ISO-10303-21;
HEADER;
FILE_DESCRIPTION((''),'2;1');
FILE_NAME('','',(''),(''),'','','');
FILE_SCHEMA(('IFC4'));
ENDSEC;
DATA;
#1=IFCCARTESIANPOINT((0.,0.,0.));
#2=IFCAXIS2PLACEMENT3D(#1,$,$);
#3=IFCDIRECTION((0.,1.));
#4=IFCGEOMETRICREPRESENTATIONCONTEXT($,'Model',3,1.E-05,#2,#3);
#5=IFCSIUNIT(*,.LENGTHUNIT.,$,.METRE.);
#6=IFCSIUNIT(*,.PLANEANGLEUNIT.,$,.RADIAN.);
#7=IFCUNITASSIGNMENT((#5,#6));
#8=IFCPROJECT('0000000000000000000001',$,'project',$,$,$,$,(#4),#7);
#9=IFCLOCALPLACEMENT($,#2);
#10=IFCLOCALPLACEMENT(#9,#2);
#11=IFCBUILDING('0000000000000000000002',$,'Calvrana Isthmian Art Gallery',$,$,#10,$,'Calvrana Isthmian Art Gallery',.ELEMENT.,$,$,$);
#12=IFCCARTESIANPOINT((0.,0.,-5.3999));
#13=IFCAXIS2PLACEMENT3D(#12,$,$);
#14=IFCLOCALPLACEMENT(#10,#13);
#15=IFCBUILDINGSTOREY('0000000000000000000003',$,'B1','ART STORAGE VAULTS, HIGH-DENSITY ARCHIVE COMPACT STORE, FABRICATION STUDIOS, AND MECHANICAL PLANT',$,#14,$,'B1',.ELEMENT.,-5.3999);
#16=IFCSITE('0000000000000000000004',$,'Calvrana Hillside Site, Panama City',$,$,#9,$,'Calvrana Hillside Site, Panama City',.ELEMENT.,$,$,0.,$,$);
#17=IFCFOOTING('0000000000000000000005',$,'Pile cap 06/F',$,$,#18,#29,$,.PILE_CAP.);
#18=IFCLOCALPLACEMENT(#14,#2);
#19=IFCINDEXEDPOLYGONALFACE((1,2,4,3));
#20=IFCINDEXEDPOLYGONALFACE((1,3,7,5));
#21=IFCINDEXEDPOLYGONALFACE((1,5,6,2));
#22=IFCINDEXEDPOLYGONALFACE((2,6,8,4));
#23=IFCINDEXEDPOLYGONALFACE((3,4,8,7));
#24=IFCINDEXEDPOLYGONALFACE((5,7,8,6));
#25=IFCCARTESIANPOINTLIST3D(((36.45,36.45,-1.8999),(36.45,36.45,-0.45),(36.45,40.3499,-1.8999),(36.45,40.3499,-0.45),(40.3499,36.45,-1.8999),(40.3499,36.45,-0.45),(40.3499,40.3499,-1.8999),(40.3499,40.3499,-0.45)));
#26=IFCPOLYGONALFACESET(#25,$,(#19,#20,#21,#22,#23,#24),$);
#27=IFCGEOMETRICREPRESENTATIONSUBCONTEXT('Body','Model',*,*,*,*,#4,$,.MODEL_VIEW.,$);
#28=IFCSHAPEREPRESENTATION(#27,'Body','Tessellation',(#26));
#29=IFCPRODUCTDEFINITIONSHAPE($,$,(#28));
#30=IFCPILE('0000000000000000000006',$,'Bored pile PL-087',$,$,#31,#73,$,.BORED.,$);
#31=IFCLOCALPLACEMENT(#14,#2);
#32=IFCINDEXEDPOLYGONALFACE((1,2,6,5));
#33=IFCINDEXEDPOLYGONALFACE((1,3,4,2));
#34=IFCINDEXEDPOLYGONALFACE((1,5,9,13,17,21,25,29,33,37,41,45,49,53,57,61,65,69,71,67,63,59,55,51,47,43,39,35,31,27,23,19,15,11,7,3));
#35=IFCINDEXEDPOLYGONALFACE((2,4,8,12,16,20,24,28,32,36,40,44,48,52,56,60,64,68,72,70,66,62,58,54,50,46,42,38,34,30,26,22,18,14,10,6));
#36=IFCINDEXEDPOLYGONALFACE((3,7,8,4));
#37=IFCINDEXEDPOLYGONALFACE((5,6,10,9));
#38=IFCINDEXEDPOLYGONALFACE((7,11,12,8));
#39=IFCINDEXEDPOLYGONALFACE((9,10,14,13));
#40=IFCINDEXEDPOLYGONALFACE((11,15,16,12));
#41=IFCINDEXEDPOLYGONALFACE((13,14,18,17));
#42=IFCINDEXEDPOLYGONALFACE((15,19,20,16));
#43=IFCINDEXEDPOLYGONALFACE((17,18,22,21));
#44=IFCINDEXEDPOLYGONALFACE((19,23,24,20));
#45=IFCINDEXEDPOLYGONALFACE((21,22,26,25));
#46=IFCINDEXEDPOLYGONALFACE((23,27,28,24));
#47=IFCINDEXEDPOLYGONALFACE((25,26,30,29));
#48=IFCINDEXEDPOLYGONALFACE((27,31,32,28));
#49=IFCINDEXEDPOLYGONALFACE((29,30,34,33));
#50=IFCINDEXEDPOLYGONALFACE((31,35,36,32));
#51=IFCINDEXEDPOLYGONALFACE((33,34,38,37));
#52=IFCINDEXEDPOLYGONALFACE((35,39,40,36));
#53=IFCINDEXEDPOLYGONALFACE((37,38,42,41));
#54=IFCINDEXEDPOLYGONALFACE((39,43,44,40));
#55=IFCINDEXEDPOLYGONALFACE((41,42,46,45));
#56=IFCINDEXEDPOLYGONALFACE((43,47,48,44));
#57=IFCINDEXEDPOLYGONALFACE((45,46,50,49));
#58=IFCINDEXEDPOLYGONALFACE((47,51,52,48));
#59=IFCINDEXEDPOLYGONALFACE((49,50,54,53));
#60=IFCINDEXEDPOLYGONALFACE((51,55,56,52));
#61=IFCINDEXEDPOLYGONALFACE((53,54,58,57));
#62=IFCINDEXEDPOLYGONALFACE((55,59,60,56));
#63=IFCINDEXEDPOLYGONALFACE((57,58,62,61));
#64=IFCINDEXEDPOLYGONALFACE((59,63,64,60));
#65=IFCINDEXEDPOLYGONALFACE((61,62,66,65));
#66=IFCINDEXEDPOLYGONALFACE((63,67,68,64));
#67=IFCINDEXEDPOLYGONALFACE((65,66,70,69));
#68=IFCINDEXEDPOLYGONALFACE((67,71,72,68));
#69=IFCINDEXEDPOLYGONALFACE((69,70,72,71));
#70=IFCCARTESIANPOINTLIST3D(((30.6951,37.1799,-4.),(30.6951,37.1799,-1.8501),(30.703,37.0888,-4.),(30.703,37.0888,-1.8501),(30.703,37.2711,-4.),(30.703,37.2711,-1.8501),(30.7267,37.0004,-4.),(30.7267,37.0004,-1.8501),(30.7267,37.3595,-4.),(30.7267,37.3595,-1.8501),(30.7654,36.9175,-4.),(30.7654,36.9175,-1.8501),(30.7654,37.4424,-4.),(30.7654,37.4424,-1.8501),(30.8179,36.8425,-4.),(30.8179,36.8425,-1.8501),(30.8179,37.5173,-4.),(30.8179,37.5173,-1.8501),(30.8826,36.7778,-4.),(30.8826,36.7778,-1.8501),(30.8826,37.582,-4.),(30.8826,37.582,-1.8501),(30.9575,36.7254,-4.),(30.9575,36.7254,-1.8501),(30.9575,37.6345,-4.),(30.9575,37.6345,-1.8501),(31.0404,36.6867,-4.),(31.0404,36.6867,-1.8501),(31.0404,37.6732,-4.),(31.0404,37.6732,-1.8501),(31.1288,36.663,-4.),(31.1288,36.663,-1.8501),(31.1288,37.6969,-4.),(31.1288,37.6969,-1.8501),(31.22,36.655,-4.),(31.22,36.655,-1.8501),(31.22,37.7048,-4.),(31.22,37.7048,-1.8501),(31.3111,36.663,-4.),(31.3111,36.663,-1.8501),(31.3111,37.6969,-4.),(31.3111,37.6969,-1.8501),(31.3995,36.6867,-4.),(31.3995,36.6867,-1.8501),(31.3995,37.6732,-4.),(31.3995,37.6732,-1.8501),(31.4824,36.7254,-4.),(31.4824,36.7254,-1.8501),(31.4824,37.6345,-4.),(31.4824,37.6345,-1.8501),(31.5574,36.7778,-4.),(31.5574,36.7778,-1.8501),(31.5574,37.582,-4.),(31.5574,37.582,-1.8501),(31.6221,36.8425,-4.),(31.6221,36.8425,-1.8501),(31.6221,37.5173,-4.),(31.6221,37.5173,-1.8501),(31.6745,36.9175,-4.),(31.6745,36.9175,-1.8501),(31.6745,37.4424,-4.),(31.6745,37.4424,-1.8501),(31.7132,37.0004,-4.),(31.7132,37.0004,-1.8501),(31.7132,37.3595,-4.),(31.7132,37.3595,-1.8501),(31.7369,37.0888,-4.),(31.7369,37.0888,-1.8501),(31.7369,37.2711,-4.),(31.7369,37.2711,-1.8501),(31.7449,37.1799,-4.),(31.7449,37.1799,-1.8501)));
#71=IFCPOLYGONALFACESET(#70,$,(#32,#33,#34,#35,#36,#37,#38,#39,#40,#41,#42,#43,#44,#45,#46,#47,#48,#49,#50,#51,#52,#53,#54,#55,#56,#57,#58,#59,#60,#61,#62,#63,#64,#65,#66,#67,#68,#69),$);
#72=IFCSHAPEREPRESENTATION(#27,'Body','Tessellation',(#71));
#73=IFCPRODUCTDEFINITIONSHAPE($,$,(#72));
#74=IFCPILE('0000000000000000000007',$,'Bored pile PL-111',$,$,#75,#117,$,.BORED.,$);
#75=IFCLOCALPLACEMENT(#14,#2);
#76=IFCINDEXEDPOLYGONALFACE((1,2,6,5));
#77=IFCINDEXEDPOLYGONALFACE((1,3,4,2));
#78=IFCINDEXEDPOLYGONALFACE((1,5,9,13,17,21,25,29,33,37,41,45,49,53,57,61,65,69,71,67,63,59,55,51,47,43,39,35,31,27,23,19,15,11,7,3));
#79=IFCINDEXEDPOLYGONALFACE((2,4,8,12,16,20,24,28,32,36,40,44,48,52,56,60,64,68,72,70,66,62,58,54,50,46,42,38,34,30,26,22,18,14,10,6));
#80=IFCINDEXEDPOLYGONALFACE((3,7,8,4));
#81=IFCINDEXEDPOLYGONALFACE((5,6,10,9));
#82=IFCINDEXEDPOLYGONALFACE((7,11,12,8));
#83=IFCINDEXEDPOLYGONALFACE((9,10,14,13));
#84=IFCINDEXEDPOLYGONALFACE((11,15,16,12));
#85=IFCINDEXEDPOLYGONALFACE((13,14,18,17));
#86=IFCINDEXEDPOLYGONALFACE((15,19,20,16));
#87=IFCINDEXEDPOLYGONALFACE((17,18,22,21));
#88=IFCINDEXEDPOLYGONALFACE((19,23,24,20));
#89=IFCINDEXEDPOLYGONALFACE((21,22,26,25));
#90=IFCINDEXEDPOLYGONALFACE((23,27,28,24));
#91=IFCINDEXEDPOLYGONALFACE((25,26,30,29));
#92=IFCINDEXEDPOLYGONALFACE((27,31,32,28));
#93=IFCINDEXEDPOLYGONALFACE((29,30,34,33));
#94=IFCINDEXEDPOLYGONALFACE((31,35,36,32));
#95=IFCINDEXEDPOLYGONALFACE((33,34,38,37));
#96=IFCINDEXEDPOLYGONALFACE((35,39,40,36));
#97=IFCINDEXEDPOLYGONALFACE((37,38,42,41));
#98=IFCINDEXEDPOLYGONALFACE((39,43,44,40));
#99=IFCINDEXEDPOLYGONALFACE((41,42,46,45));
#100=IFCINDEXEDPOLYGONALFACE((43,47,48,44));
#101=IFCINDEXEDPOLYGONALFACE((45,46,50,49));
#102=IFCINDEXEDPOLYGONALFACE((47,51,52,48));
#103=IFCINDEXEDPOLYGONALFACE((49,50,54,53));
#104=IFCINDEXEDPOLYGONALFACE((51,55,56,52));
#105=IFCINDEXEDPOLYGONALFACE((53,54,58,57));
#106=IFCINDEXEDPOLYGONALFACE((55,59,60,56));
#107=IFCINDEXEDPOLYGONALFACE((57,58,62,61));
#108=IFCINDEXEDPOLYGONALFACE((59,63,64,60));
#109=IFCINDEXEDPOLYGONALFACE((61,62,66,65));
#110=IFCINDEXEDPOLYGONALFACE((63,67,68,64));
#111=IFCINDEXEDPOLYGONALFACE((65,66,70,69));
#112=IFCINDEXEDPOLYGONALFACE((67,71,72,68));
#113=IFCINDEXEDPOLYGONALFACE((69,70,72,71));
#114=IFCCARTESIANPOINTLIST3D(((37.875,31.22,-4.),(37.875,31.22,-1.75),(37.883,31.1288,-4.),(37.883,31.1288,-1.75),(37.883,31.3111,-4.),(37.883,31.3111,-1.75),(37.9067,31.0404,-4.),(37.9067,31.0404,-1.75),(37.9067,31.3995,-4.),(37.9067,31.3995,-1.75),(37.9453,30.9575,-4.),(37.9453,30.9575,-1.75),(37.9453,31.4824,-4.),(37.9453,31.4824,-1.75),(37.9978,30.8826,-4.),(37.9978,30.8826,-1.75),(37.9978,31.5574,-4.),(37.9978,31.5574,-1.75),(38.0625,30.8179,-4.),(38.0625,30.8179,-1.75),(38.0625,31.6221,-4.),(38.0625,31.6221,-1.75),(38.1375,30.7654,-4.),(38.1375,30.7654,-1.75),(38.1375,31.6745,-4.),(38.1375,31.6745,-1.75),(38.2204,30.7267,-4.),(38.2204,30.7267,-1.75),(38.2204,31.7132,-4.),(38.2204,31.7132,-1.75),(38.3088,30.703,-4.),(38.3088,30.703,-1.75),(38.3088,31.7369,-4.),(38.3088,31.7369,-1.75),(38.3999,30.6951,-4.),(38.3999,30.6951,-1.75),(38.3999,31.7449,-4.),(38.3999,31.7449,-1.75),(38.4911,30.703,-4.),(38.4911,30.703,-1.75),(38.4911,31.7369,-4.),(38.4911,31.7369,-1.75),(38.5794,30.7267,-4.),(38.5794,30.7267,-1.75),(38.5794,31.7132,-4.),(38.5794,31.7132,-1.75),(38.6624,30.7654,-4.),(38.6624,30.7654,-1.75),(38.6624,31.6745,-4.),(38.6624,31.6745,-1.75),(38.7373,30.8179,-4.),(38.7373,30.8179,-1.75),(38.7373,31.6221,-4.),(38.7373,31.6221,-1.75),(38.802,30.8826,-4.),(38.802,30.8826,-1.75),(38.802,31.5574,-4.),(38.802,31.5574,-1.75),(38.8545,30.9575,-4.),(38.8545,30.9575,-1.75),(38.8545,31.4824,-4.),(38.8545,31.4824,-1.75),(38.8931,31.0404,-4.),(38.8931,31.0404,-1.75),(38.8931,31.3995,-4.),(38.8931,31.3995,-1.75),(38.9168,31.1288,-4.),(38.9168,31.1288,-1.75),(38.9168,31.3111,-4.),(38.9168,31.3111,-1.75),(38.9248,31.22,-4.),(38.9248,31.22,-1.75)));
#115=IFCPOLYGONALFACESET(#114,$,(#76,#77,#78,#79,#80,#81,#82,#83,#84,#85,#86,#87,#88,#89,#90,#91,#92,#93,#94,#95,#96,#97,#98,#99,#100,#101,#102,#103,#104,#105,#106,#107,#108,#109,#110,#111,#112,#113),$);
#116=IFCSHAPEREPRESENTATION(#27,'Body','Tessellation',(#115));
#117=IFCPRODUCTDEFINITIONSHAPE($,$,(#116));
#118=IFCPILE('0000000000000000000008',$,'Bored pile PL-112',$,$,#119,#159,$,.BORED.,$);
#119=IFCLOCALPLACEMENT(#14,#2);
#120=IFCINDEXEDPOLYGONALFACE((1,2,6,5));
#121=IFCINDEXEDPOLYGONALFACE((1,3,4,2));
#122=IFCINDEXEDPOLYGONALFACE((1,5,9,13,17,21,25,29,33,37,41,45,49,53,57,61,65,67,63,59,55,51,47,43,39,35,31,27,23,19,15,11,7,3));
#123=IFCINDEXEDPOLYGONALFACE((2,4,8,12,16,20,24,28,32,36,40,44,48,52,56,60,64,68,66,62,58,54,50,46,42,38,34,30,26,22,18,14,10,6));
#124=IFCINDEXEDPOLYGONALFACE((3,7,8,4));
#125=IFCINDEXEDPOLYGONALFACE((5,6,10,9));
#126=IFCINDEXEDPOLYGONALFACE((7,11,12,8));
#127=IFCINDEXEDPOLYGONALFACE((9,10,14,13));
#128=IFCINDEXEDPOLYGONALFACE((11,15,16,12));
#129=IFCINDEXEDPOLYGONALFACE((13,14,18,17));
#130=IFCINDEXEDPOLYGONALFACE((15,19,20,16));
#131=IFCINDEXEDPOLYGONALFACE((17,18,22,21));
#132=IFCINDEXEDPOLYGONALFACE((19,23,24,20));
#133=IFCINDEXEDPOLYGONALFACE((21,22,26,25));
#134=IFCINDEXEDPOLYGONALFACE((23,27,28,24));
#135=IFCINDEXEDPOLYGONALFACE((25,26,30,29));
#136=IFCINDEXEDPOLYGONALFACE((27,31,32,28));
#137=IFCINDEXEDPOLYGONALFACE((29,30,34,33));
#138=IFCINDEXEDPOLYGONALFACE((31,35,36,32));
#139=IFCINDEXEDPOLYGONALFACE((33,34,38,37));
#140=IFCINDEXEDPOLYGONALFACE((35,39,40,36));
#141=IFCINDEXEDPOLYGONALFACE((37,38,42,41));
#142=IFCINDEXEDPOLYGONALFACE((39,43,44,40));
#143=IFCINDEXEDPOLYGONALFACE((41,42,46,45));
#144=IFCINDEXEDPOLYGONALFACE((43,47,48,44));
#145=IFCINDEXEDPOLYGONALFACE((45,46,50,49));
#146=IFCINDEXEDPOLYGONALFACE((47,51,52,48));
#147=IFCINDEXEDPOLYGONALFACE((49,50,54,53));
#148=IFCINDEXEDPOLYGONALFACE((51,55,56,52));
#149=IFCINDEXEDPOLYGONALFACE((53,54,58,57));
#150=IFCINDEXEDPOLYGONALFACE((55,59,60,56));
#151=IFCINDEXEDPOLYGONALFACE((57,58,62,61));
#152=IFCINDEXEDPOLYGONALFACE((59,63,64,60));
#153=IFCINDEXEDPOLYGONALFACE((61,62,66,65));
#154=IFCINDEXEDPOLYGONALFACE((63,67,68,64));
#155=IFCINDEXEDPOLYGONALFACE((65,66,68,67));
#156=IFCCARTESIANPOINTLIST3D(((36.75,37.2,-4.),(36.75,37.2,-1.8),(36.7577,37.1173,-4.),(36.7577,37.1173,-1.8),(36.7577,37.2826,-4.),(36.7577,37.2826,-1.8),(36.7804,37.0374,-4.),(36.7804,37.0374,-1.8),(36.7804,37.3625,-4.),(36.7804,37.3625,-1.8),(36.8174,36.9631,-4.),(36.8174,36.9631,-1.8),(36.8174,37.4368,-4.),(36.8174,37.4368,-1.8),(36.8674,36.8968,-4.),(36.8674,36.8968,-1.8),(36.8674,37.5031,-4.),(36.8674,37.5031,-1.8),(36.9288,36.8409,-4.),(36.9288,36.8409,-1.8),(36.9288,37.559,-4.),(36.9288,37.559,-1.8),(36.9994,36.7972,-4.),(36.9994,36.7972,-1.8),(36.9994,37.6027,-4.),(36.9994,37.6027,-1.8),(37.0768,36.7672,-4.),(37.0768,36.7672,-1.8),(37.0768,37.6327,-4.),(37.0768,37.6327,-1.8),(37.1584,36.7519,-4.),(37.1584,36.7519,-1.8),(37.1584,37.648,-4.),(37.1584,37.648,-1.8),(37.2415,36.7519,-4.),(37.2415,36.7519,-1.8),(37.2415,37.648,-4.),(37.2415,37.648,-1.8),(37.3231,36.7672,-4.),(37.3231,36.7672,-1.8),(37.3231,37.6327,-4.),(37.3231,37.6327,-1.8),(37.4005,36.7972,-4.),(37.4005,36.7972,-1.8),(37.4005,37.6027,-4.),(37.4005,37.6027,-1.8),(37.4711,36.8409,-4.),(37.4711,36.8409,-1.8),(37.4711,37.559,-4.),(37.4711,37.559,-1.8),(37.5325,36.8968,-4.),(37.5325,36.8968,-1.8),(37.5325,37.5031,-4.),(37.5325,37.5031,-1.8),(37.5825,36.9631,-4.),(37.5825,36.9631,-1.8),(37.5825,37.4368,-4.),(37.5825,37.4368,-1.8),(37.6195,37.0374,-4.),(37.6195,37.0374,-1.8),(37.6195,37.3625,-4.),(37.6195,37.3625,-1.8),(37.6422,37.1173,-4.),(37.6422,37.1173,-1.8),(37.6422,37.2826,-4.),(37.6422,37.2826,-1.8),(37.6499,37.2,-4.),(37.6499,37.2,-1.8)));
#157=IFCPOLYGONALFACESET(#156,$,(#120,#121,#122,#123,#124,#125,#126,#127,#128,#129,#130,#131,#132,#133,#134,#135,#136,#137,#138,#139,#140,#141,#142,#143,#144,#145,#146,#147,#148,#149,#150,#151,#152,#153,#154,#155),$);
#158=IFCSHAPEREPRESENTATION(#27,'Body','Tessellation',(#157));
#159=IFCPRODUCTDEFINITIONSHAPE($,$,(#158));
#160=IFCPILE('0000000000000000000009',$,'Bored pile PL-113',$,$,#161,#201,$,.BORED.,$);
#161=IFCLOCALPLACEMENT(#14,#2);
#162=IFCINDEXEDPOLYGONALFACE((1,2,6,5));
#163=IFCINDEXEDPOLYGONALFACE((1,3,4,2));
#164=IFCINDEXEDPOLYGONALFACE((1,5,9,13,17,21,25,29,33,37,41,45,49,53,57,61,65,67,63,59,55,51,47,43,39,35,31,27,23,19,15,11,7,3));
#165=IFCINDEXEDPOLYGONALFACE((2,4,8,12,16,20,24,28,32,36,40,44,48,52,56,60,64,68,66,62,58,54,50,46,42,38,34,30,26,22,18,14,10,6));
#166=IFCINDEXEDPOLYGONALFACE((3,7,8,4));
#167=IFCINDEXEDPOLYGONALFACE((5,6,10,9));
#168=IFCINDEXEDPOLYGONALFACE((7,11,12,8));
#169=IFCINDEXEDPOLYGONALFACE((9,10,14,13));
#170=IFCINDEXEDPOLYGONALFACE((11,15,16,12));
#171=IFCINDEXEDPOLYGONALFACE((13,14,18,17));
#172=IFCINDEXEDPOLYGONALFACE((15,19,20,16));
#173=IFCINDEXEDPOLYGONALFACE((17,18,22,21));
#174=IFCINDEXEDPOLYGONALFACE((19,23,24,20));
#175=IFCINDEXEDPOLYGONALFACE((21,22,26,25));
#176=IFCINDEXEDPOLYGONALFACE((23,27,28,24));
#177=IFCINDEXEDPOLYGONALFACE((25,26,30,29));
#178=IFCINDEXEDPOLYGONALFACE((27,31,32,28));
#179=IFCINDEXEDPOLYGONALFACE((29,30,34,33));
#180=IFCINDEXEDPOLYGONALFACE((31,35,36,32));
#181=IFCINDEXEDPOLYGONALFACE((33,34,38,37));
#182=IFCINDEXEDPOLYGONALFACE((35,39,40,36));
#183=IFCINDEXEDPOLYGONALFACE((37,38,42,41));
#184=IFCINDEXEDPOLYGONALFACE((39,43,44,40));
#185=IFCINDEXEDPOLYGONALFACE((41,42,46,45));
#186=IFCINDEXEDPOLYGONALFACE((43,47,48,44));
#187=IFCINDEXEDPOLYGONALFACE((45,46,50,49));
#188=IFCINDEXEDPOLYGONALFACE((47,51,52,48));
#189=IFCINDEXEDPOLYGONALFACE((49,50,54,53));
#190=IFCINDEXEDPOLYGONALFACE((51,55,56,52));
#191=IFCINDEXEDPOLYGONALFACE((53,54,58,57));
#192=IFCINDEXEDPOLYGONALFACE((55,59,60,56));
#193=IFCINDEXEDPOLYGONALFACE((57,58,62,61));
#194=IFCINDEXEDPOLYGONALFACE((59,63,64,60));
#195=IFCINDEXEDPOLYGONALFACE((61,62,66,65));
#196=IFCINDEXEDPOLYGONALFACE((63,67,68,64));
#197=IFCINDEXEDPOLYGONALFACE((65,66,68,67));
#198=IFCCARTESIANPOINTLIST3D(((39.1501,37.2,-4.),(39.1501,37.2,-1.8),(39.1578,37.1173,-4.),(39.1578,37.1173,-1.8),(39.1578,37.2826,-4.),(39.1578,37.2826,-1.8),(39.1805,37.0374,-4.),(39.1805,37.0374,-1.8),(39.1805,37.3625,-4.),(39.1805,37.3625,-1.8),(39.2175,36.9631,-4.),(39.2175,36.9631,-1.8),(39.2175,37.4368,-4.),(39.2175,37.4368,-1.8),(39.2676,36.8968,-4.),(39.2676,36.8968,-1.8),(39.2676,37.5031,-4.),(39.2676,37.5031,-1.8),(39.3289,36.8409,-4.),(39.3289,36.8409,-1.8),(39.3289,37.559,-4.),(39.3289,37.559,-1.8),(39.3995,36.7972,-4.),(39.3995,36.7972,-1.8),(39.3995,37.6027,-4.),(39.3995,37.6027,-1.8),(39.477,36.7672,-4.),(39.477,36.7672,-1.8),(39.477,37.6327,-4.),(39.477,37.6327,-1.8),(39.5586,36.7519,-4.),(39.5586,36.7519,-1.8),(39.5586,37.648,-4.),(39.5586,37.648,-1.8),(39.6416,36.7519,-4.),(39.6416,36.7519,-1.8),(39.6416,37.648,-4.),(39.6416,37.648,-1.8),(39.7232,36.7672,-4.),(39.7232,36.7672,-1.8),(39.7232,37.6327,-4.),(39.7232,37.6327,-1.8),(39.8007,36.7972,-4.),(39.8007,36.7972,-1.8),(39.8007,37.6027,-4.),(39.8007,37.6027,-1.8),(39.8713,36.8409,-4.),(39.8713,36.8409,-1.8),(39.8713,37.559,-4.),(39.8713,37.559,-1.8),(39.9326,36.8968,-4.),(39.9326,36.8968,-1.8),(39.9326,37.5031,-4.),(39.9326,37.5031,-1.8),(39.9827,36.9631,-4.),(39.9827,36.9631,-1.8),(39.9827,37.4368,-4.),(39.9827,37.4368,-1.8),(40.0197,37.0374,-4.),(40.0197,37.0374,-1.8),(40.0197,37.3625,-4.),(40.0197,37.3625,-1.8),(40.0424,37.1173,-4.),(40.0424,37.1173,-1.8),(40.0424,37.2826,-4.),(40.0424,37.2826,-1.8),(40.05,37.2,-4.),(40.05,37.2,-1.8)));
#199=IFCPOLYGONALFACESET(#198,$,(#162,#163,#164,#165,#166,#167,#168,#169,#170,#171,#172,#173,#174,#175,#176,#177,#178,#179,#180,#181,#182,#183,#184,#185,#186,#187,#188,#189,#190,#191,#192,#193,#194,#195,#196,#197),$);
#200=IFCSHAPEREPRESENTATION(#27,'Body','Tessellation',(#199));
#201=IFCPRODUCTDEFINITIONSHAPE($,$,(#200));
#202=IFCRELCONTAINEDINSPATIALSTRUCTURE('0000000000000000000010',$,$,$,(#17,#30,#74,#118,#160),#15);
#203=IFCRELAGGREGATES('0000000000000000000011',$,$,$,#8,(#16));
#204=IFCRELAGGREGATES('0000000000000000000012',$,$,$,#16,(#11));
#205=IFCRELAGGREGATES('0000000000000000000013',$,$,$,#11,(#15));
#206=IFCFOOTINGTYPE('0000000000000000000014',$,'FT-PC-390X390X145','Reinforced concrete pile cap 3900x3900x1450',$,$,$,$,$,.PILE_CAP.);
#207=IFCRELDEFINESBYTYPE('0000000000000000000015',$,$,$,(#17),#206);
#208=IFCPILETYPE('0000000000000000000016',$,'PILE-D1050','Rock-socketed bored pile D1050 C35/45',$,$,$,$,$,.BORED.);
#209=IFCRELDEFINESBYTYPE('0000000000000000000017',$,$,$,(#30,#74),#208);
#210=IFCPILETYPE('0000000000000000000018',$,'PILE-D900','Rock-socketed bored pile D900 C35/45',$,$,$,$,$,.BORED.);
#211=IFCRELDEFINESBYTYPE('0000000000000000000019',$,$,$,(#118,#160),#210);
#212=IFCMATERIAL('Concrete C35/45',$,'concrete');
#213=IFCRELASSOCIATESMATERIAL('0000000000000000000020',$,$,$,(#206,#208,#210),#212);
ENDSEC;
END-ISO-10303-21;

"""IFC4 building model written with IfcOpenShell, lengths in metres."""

from ifc_helpers import new_model, si_unit, direction, frame, origin, origin_2d, place, context, subcontext, project, spatial, rectangle, circle, extrude, material, material_profile, profile_set, type_object, element, save


model = new_model("IFC4")

# Units and contexts
model_context = context("Model", 3, precision=1e-05, world=origin(), true_north=direction((0.0, 1.0)))
body_context = subcontext(model_context, "Body", "Model", "MODEL_VIEW")
ifc_project = project(units=[si_unit("LENGTHUNIT", "METRE"), si_unit("PLANEANGLEUNIT", "RADIAN")], contexts=[model_context])

# Site, building, storey
site_placement = place(None, origin())
site = spatial("IfcSite", under=ifc_project, at=site_placement, Name="Calvrana Hillside Site, Panama City", LongName="Calvrana Hillside Site, Panama City", CompositionType="ELEMENT", RefElevation=0.0)
building_placement = place(site_placement, origin())
building = spatial("IfcBuilding", under=site, at=building_placement, Name="Calvrana Isthmian Art Gallery", LongName="Calvrana Isthmian Art Gallery", CompositionType="ELEMENT")
storey_placement = place(building_placement, frame((0.0, 0.0, -5.3999)))
storey = spatial("IfcBuildingStorey", under=building, at=storey_placement, Name="B1", Description="ART STORAGE VAULTS, HIGH-DENSITY ARCHIVE COMPACT STORE, FABRICATION STUDIOS, AND MECHANICAL PLANT", LongName="B1", CompositionType="ELEMENT", Elevation=-5.3999)

# Footing
ifc_material_1 = material(Name="Concrete C35/45", Category="concrete")
footing_type = type_object("IfcFootingType", Name="FT-PC-390X390X145", Description="Reinforced concrete pile cap 3900x3900x1450", PredefinedType="PILE_CAP", material=ifc_material_1)
footing_placement = place(storey_placement, frame((38.3999, 38.3999, -1.8999), z_axis=(0.0, 0.0, 1.0), x_axis=(1.0, 0.0, 0.0)))
element("IfcFooting", 1, at=footing_placement, inside=storey, type_object=footing_type, Name="Pile cap 06/F", PredefinedType="PILE_CAP", context=body_context, shape_type="SweptSolid", body=[
    extrude(rectangle(XDim=3.8999, YDim=3.8999, at=origin_2d()), origin(), (0.0, 0.0, 1.0), 1.45),
])

# Piles
ifc_material_profile_1 = material_profile(ifc_material_1, circle(Radius=0.5249, at=origin_2d()), Name="PILE1050D")
ifc_profile_set_1 = profile_set([ifc_material_profile_1], Name="Concrete C35/45")
pile_type_1 = type_object("IfcPileType", Name="PILE-D1050", Description="Rock-socketed bored pile D1050 C35/45", PredefinedType="BORED", material=ifc_profile_set_1)
pile_1_placement = place(storey_placement, frame((31.22, 37.1799, -1.8501), z_axis=(0.0, 0.0, -1.0), x_axis=(1.0, 0.0, 0.0)))
element("IfcPile", 2, at=pile_1_placement, inside=storey, type_object=pile_type_1, Name="Bored pile PL-087", PredefinedType="BORED", context=body_context, shape_type="SweptSolid", body=[
    extrude(circle(Radius=0.5249, at=origin_2d()), origin(), (0.0, 0.0, 1.0), 2.1499),
])
pile_2_placement = place(storey_placement, frame((38.3999, 31.22, -1.75), z_axis=(0.0, 0.0, -1.0), x_axis=(1.0, 0.0, 0.0)))
element("IfcPile", 3, at=pile_2_placement, inside=storey, type_object=pile_type_1, Name="Bored pile PL-111", PredefinedType="BORED", context=body_context, shape_type="SweptSolid", body=[
    extrude(circle(Radius=0.5249, at=origin_2d()), origin(), (0.0, 0.0, 1.0), 2.25),
])
ifc_material_profile_2 = material_profile(ifc_material_1, circle(Radius=0.45, at=origin_2d()), Name="PILE900D")
ifc_profile_set_2 = profile_set([ifc_material_profile_2], Name="Concrete C35/45")
pile_type_2 = type_object("IfcPileType", Name="PILE-D900", Description="Rock-socketed bored pile D900 C35/45", PredefinedType="BORED", material=ifc_profile_set_2)
for number, where, z_axis, x_axis, name in (
    (4, (37.2, 37.2, -1.8), (0.0, 0.0, -1.0), (1.0, 0.0, 0.0), "Bored pile PL-112"),
    (5, (39.6001, 37.2, -1.8), (0.0, 0.0, -1.0), (1.0, 0.0, 0.0), "Bored pile PL-113"),
):
    element("IfcPile", number, at=place(storey_placement, frame(where, z_axis=z_axis, x_axis=x_axis)), inside=storey, type_object=pile_type_2, Name=name, PredefinedType="BORED", context=body_context, shape_type="SweptSolid", body=[
        extrude(circle(Radius=0.45, at=origin_2d()), origin(), (0.0, 0.0, 1.0), 2.2),
    ])

save(model, "model.ifc")
